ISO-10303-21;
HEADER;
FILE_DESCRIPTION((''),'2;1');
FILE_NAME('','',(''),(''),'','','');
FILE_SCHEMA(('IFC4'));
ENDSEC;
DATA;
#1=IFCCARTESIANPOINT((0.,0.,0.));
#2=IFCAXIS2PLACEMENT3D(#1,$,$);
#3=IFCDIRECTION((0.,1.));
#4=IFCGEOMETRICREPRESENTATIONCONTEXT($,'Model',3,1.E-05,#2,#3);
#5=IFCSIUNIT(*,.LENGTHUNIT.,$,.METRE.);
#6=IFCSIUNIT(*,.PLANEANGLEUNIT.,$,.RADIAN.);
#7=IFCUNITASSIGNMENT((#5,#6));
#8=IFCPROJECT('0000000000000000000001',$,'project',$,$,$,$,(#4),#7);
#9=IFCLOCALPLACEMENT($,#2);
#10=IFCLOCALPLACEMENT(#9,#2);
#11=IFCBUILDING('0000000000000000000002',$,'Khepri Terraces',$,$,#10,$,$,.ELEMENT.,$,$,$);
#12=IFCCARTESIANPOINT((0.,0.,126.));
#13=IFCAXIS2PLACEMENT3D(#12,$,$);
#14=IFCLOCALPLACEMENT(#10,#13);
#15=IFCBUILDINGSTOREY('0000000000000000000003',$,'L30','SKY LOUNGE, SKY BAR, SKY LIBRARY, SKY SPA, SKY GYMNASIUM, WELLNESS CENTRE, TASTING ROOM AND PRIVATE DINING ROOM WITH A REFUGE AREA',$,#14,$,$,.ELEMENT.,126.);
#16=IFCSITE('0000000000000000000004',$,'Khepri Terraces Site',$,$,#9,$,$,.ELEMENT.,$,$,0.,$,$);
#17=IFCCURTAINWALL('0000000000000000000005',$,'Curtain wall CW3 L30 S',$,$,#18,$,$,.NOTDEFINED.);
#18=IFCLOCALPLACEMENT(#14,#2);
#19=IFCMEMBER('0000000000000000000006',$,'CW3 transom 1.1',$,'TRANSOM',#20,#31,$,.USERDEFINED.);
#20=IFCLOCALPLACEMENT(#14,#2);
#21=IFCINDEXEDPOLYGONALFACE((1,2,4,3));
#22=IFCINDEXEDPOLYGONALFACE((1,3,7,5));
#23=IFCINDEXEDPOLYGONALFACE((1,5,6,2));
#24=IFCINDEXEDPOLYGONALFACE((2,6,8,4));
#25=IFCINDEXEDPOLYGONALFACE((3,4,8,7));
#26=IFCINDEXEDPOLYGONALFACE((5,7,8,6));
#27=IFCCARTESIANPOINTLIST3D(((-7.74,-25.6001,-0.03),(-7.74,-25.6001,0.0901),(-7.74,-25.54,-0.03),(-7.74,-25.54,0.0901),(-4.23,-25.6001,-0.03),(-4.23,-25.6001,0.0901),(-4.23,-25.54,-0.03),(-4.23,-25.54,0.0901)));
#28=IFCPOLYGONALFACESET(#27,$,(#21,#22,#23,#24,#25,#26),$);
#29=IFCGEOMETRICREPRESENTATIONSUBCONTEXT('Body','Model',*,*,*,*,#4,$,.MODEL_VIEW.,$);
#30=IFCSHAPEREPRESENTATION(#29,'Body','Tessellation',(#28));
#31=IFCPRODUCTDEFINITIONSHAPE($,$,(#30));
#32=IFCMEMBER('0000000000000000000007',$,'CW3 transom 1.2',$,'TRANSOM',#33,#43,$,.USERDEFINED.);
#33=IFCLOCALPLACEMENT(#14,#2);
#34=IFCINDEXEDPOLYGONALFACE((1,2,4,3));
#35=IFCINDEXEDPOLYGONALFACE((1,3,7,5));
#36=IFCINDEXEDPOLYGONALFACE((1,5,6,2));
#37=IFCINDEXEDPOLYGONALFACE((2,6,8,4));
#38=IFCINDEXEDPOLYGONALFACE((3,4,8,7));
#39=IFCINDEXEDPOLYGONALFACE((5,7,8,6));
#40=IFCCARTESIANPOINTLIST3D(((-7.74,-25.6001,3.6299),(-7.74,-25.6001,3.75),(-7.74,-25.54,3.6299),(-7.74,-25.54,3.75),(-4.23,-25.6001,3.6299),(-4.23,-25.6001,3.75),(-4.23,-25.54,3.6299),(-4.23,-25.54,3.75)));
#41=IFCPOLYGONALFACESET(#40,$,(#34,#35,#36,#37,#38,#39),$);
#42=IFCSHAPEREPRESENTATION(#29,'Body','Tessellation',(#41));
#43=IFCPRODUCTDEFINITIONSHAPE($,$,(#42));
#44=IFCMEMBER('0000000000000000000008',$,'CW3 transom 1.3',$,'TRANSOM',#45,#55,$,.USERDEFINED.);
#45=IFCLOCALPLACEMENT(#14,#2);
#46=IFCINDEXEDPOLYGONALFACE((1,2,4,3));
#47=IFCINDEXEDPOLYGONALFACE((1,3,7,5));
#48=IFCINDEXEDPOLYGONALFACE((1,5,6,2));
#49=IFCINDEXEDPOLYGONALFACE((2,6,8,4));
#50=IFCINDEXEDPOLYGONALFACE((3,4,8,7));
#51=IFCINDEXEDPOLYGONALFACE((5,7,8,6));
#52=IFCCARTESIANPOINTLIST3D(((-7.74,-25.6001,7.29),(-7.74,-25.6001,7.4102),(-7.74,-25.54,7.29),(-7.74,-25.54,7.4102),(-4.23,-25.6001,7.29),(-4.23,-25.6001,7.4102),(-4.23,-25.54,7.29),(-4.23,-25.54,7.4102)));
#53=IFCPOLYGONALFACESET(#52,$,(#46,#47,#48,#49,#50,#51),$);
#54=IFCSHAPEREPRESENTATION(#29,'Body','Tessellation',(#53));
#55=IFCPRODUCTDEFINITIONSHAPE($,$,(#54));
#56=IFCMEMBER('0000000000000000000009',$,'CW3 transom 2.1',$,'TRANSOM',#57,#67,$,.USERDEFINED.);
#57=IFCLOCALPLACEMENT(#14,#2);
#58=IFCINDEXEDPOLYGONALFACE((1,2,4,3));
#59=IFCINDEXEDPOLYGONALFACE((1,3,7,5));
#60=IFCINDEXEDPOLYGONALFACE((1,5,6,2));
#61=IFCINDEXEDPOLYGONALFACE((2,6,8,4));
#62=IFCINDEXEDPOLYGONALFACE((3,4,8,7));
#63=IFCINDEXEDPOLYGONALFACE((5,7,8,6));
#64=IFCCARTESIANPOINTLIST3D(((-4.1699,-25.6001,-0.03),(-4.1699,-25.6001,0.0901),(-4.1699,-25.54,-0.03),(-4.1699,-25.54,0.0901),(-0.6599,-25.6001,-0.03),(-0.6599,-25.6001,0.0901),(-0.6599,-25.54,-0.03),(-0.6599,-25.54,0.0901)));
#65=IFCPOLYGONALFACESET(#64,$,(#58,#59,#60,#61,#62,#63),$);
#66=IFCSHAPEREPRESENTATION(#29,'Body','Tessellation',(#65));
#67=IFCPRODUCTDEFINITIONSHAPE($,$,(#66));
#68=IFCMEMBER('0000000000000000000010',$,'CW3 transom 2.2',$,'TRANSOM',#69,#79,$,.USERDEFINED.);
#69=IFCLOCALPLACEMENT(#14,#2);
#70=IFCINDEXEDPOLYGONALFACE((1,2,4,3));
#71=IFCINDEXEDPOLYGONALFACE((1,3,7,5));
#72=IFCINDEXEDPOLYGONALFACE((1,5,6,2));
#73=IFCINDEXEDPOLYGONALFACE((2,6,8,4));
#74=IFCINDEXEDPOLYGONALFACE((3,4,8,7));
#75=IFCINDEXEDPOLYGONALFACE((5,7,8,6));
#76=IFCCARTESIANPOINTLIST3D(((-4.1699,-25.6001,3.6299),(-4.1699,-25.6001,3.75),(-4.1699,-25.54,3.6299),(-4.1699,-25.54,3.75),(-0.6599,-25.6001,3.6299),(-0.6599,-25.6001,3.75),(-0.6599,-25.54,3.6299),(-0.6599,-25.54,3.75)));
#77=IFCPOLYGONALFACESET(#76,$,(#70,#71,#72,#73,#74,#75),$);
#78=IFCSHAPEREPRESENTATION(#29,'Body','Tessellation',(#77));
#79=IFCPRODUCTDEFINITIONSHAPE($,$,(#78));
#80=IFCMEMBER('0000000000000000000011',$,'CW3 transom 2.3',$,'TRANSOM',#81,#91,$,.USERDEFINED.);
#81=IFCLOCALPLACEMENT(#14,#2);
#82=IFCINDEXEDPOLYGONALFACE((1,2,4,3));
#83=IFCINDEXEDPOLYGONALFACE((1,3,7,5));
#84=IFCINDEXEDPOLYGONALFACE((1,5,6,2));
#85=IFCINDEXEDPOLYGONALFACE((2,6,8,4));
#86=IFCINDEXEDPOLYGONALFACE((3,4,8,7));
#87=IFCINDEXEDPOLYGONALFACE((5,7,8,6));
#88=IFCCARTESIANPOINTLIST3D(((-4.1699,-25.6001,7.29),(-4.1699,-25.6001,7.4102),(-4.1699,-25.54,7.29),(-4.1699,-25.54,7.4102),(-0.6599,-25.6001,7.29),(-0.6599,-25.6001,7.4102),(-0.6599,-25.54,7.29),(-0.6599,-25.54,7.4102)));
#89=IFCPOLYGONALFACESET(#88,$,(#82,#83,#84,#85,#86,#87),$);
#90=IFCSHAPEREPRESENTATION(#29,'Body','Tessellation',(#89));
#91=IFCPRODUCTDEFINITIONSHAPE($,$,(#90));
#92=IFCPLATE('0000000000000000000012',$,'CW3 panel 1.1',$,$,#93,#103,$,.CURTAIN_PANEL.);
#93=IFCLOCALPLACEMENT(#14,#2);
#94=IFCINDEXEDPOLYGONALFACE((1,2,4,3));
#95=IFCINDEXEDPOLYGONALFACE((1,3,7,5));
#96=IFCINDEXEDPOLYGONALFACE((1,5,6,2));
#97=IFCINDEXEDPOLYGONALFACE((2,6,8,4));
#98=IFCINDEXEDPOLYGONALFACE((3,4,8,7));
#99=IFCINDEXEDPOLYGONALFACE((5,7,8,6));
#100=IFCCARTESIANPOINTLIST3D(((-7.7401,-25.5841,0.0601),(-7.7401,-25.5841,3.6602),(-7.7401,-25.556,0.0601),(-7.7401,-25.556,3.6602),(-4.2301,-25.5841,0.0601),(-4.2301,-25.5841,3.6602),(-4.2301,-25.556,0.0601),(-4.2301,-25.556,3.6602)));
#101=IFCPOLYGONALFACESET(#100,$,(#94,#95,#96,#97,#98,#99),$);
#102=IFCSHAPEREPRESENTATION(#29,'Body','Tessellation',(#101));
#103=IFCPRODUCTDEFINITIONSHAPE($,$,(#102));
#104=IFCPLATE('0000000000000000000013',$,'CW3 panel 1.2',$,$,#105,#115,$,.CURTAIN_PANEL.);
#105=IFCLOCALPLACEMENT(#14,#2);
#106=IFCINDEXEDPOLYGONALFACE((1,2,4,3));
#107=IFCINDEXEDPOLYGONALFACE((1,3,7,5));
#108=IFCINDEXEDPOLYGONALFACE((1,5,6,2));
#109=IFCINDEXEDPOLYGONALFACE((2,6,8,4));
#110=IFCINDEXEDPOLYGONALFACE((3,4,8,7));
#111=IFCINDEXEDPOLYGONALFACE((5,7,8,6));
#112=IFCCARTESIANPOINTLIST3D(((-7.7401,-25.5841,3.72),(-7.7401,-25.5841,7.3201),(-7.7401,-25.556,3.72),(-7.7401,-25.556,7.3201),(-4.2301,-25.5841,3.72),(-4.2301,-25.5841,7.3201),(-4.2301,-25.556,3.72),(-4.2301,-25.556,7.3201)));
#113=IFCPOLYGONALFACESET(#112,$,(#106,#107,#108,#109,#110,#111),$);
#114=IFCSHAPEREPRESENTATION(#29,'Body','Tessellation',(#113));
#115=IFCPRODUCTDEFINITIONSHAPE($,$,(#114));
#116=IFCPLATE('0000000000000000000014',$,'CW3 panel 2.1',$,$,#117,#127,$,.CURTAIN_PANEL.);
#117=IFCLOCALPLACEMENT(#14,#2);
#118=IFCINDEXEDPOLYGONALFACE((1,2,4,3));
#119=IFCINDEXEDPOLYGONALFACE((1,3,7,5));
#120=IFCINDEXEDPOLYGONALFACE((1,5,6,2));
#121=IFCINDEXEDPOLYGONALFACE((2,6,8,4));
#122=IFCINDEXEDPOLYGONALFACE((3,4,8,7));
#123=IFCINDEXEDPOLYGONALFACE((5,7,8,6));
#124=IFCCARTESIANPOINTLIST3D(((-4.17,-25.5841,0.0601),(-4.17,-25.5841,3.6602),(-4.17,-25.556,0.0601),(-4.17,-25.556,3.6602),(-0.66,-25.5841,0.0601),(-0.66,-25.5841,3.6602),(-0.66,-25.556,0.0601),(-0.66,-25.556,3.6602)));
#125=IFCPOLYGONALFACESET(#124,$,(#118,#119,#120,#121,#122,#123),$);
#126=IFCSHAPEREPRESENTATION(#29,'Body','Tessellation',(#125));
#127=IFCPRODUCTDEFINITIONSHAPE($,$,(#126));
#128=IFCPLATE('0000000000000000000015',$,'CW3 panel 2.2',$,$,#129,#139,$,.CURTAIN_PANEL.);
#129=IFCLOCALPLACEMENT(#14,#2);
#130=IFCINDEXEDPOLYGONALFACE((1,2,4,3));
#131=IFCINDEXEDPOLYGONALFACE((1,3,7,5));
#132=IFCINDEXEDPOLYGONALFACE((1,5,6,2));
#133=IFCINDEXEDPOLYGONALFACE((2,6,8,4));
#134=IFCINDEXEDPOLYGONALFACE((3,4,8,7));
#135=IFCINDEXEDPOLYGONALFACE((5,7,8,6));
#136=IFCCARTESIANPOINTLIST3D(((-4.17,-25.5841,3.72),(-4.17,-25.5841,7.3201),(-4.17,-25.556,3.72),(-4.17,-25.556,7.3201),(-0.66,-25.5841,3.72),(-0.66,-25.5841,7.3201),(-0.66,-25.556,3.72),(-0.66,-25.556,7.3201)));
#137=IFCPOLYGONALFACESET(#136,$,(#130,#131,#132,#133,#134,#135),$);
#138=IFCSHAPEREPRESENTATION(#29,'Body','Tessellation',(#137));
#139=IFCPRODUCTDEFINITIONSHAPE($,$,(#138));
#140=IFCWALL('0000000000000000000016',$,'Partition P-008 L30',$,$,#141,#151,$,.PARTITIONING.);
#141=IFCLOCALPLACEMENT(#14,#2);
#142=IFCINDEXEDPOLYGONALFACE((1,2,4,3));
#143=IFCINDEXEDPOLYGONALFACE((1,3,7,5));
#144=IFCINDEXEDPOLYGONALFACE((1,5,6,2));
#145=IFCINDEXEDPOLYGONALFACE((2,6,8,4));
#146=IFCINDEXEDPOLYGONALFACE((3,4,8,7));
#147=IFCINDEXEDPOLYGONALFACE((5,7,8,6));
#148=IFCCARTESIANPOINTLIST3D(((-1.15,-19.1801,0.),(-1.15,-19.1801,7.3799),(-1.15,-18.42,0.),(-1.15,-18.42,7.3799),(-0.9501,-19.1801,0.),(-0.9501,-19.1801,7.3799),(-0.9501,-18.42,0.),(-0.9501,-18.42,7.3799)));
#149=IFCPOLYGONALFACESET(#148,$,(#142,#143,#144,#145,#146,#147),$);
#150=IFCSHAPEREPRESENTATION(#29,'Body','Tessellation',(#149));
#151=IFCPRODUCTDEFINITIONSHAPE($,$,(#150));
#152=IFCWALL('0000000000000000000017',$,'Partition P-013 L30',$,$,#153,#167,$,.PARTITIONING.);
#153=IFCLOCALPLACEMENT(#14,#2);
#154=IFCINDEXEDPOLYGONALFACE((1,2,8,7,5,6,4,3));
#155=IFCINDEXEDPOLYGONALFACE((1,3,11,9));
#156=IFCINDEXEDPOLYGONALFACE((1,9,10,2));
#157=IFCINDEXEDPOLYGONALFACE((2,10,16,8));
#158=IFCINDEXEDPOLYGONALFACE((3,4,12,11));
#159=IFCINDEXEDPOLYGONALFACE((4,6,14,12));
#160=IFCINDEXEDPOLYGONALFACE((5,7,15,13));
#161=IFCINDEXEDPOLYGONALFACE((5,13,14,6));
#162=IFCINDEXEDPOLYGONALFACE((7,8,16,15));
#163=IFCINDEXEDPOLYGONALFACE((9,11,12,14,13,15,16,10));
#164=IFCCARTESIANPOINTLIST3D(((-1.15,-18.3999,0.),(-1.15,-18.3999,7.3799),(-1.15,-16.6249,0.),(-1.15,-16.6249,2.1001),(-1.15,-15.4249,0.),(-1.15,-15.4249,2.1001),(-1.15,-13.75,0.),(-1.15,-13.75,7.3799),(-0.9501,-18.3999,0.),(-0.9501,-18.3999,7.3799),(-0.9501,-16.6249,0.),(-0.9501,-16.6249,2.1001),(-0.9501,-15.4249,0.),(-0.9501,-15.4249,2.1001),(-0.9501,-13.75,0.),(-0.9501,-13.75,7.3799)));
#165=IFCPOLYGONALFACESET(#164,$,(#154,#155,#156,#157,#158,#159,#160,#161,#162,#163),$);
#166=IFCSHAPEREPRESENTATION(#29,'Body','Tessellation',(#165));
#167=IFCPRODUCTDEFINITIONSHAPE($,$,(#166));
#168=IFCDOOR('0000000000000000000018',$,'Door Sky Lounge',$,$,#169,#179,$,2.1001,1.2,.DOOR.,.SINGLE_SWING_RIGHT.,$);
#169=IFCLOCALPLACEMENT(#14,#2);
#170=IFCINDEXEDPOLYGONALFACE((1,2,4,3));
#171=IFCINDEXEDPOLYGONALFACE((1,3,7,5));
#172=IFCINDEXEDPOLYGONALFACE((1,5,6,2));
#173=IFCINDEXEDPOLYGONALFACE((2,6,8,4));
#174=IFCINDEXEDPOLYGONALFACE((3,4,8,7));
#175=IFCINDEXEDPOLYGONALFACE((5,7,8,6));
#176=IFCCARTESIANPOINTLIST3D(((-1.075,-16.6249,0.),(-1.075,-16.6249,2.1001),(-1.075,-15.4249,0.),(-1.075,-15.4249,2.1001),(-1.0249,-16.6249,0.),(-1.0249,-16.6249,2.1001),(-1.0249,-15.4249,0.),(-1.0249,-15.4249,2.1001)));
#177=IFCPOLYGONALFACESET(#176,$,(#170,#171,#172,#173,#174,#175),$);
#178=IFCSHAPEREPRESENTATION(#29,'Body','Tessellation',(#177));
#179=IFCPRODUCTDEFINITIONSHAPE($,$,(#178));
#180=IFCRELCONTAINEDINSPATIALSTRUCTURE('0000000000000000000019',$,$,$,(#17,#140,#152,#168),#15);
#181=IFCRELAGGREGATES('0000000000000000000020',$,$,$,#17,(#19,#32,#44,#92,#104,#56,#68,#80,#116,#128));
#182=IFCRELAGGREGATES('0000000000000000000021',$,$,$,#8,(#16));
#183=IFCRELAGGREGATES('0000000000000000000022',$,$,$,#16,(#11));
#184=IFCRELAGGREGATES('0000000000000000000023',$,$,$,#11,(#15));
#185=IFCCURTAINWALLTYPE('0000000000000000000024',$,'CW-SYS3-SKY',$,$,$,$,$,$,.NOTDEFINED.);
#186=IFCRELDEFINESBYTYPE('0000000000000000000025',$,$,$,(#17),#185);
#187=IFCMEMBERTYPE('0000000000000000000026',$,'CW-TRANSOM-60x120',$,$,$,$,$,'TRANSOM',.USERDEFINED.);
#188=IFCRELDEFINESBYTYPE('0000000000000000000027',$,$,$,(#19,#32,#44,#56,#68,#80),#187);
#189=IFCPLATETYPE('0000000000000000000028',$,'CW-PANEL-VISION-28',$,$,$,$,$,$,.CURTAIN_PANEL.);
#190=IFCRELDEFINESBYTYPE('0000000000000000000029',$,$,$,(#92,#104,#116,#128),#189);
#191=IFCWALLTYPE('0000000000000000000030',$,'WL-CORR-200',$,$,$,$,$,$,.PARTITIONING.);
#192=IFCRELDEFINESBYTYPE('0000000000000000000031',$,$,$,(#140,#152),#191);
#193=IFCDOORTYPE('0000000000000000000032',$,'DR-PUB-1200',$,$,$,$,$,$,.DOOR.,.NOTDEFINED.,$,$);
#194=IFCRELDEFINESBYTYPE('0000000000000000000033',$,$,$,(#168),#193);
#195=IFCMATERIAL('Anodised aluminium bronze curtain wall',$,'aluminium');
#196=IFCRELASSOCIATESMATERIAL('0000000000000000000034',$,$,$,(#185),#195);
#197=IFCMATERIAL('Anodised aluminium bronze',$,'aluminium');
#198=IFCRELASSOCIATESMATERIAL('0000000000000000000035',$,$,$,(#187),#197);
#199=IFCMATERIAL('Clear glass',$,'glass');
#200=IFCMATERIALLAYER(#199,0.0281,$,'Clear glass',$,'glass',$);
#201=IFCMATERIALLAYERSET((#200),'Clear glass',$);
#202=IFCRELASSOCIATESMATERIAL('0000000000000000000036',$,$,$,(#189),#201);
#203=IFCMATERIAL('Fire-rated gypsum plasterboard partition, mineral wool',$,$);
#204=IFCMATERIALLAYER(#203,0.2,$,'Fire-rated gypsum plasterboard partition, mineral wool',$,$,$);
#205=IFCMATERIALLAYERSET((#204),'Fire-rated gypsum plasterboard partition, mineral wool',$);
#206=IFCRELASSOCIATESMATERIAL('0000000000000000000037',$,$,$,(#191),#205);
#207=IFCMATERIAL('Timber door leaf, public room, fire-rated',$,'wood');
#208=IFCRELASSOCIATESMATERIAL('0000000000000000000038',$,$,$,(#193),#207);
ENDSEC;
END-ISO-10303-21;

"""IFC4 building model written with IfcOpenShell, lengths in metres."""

from ifc_helpers import new_model, si_unit, direction, frame, frame_2d, origin, origin_2d, place, context, subcontext, project, spatial, rectangle, extrude, material, layer, layer_set, material_profile, profile_set, type_object, element, fill, aggregate, save


model = new_model("IFC4")

# Units and contexts
model_context = context("Model", 3, precision=1e-05, world=origin(), true_north=direction((0.0, 1.0)))
body_context = subcontext(model_context, "Body", "Model", "MODEL_VIEW")
ifc_project = project(units=[si_unit("LENGTHUNIT", "METRE"), si_unit("PLANEANGLEUNIT", "RADIAN")], contexts=[model_context])

# Site, building, storey
site_placement = place(None, origin())
site = spatial("IfcSite", under=ifc_project, at=site_placement, Name="Khepri Terraces Site", CompositionType="ELEMENT", RefElevation=0.0)
building_placement = place(site_placement, origin())
building = spatial("IfcBuilding", under=site, at=building_placement, Name="Khepri Terraces", CompositionType="ELEMENT")
storey_placement = place(building_placement, frame((0.0, 0.0, 126.0)))
storey = spatial("IfcBuildingStorey", under=building, at=storey_placement, Name="L30", Description="SKY LOUNGE, SKY BAR, SKY LIBRARY, SKY SPA, SKY GYMNASIUM, WELLNESS CENTRE, TASTING ROOM AND PRIVATE DINING ROOM WITH A REFUGE AREA", CompositionType="ELEMENT", Elevation=126.0)

# Curtain wall, members, plates
ifc_material_1 = material(Name="Anodised aluminium bronze curtain wall", Category="aluminium")
curtain_wall_type = type_object("IfcCurtainWallType", Name="CW-SYS3-SKY", PredefinedType="NOTDEFINED", material=ifc_material_1)
curtain_wall_placement = place(storey_placement, origin())
curtain_wall = element("IfcCurtainWall", 1, at=curtain_wall_placement, inside=storey, type_object=curtain_wall_type, Name="Curtain wall CW3 L30 S", PredefinedType="NOTDEFINED")
ifc_material_2 = material(Name="Anodised aluminium bronze", Category="aluminium")
ifc_material_profile_1 = material_profile(ifc_material_2, rectangle(XDim=0.0601, YDim=0.1201, at=origin_2d()), Name="Anodised aluminium bronze", Category="aluminium")
ifc_profile_set_1 = profile_set([ifc_material_profile_1], Name="Anodised aluminium bronze")
member_type_1 = type_object("IfcMemberType", Name="CW-TRANSOM-60x120", ElementType="TRANSOM", PredefinedType="USERDEFINED", material=ifc_profile_set_1)
member_1_placement = place(storey_placement, frame((-7.74, -25.5701, 0.03), z_axis=(1.0, 0.0, 0.0), x_axis=(0.0, 1.0, 0.0)))
member_1 = element("IfcMember", 2, at=member_1_placement, type_object=member_type_1, Name="CW3 transom 1.1", ObjectType="TRANSOM", PredefinedType="USERDEFINED", context=body_context, shape_type="SweptSolid", body=[
    extrude(rectangle(XDim=0.0601, YDim=0.1201, at=origin_2d()), origin(), (0.0, 0.0, 1.0), 3.51),
])
member_2_placement = place(storey_placement, frame((-7.74, -25.5701, 3.6899), z_axis=(1.0, 0.0, 0.0), x_axis=(0.0, 1.0, 0.0)))
member_2 = element("IfcMember", 3, at=member_2_placement, type_object=member_type_1, Name="CW3 transom 1.2", ObjectType="TRANSOM", PredefinedType="USERDEFINED", context=body_context, shape_type="SweptSolid", body=[
    extrude(rectangle(XDim=0.0601, YDim=0.1201, at=origin_2d()), origin(), (0.0, 0.0, 1.0), 3.51),
])
member_3_placement = place(storey_placement, frame((-7.74, -25.5701, 7.3501), z_axis=(1.0, 0.0, 0.0), x_axis=(0.0, 1.0, 0.0)))
member_3 = element("IfcMember", 4, at=member_3_placement, type_object=member_type_1, Name="CW3 transom 1.3", ObjectType="TRANSOM", PredefinedType="USERDEFINED", context=body_context, shape_type="SweptSolid", body=[
    extrude(rectangle(XDim=0.0601, YDim=0.1201, at=origin_2d()), origin(), (0.0, 0.0, 1.0), 3.51),
])
member_4_placement = place(storey_placement, frame((-4.1699, -25.5701, 0.03), z_axis=(1.0, 0.0, 0.0), x_axis=(0.0, 1.0, 0.0)))
member_4 = element("IfcMember", 5, at=member_4_placement, type_object=member_type_1, Name="CW3 transom 2.1", ObjectType="TRANSOM", PredefinedType="USERDEFINED", context=body_context, shape_type="SweptSolid", body=[
    extrude(rectangle(XDim=0.0601, YDim=0.1201, at=origin_2d()), origin(), (0.0, 0.0, 1.0), 3.51),
])
member_5_placement = place(storey_placement, frame((-4.1699, -25.5701, 3.6899), z_axis=(1.0, 0.0, 0.0), x_axis=(0.0, 1.0, 0.0)))
member_5 = element("IfcMember", 6, at=member_5_placement, type_object=member_type_1, Name="CW3 transom 2.2", ObjectType="TRANSOM", PredefinedType="USERDEFINED", context=body_context, shape_type="SweptSolid", body=[
    extrude(rectangle(XDim=0.0601, YDim=0.1201, at=origin_2d()), origin(), (0.0, 0.0, 1.0), 3.51),
])
member_6_placement = place(storey_placement, frame((-4.1699, -25.5701, 7.3501), z_axis=(1.0, 0.0, 0.0), x_axis=(0.0, 1.0, 0.0)))
member_6 = element("IfcMember", 7, at=member_6_placement, type_object=member_type_1, Name="CW3 transom 2.3", ObjectType="TRANSOM", PredefinedType="USERDEFINED", context=body_context, shape_type="SweptSolid", body=[
    extrude(rectangle(XDim=0.0601, YDim=0.1201, at=origin_2d()), origin(), (0.0, 0.0, 1.0), 3.51),
])
ifc_material_3 = material(Name="Clear glass", Category="glass")
ifc_layer_1 = layer(ifc_material_3, 0.0281, Name="Clear glass", Category="glass")
ifc_layer_set_1 = layer_set([ifc_layer_1], Name="Clear glass")
plate_type = type_object("IfcPlateType", Name="CW-PANEL-VISION-28", PredefinedType="CURTAIN_PANEL", material=ifc_layer_set_1)
plate_1_placement = place(storey_placement, frame((-5.9851, -25.5701, 0.0601), z_axis=(0.0, 0.0, 1.0), x_axis=(1.0, 0.0, 0.0)))
plate_1 = element("IfcPlate", 8, at=plate_1_placement, type_object=plate_type, Name="CW3 panel 1.1", PredefinedType="CURTAIN_PANEL", context=body_context, shape_type="SweptSolid", body=[
    extrude(rectangle(XDim=3.51, YDim=0.0281, at=origin_2d()), origin(), (0.0, 0.0, 1.0), 3.6001),
])
plate_2_placement = place(storey_placement, frame((-5.9851, -25.5701, 3.72), z_axis=(0.0, 0.0, 1.0), x_axis=(1.0, 0.0, 0.0)))
plate_2 = element("IfcPlate", 9, at=plate_2_placement, type_object=plate_type, Name="CW3 panel 1.2", PredefinedType="CURTAIN_PANEL", context=body_context, shape_type="SweptSolid", body=[
    extrude(rectangle(XDim=3.51, YDim=0.0281, at=origin_2d()), origin(), (0.0, 0.0, 1.0), 3.6001),
])
plate_3_placement = place(storey_placement, frame((-2.415, -25.5701, 0.0601), z_axis=(0.0, 0.0, 1.0), x_axis=(1.0, 0.0, 0.0)))
plate_3 = element("IfcPlate", 10, at=plate_3_placement, type_object=plate_type, Name="CW3 panel 2.1", PredefinedType="CURTAIN_PANEL", context=body_context, shape_type="SweptSolid", body=[
    extrude(rectangle(XDim=3.51, YDim=0.0281, at=origin_2d()), origin(), (0.0, 0.0, 1.0), 3.6001),
])
plate_4_placement = place(storey_placement, frame((-2.415, -25.5701, 3.72), z_axis=(0.0, 0.0, 1.0), x_axis=(1.0, 0.0, 0.0)))
plate_4 = element("IfcPlate", 11, at=plate_4_placement, type_object=plate_type, Name="CW3 panel 2.2", PredefinedType="CURTAIN_PANEL", context=body_context, shape_type="SweptSolid", body=[
    extrude(rectangle(XDim=3.51, YDim=0.0281, at=origin_2d()), origin(), (0.0, 0.0, 1.0), 3.6001),
])
aggregate(curtain_wall, [member_1, member_2, member_3, plate_1, plate_2, member_4, member_5, member_6, plate_3, plate_4])

# Wall
ifc_material_4 = material(Name="Fire-rated gypsum plasterboard partition, mineral wool")
ifc_layer_2 = layer(ifc_material_4, 0.2, Name="Fire-rated gypsum plasterboard partition, mineral wool")
ifc_layer_set_2 = layer_set([ifc_layer_2], Name="Fire-rated gypsum plasterboard partition, mineral wool")
wall_type = type_object("IfcWallType", Name="WL-CORR-200", PredefinedType="PARTITIONING", material=ifc_layer_set_2)
wall_1_placement = place(storey_placement, frame((-1.05, -19.1799, 0.0), z_axis=(0.0, 0.0, 1.0), x_axis=(0.0, 1.0, 0.0)))
element("IfcWall", 12, at=wall_1_placement, inside=storey, type_object=wall_type, Name="Partition P-008 L30", PredefinedType="PARTITIONING", context=body_context, shape_type="SweptSolid", body=[
    extrude(rectangle(XDim=0.76, YDim=0.2, at=frame_2d((0.3799, 0.0))), origin(), (0.0, 0.0, 1.0), 7.3799),
])

# Wall, opening, door
wall_2_placement = place(storey_placement, frame((-1.05, -18.3999, 0.0), z_axis=(0.0, 0.0, 1.0), x_axis=(0.0, 1.0, 0.0)))
wall_2 = element("IfcWall", 13, at=wall_2_placement, inside=storey, type_object=wall_type, Name="Partition P-013 L30", PredefinedType="PARTITIONING", context=body_context, shape_type="SweptSolid", body=[
    extrude(rectangle(XDim=4.6499, YDim=0.2, at=frame_2d((2.325, 0.0))), origin(), (0.0, 0.0, 1.0), 7.3799),
])
opening_placement = place(wall_2_placement, frame((1.7749, 0.0, 0.0)))
opening = element("IfcOpeningElement", 14, at=opening_placement, cuts=wall_2, PredefinedType="OPENING", context=body_context, shape_type="SweptSolid", body=[
    extrude(rectangle(XDim=1.2, YDim=2.1001, at=frame_2d((0.6001, 1.05))), frame((0.0, 0.1099, 0.0), z_axis=(0.0, -1.0, 0.0), x_axis=(1.0, 0.0, 0.0)), (0.0, 0.0, 1.0), 0.22),
])
ifc_material_5 = material(Name="Timber door leaf, public room, fire-rated", Category="wood")
door_type = type_object("IfcDoorType", Name="DR-PUB-1200", OperationType="NOTDEFINED", PredefinedType="DOOR", material=ifc_material_5)
door_placement = place(opening_placement, origin())
door = element("IfcDoor", 15, at=door_placement, inside=storey, type_object=door_type, Name="Door Sky Lounge", OperationType="SINGLE_SWING_RIGHT", OverallHeight=2.1001, OverallWidth=1.2, PredefinedType="DOOR", context=body_context, shape_type="SweptSolid", body=[
    extrude(rectangle(XDim=1.2, YDim=2.1001, at=frame_2d((0.6001, 1.05))), frame((0.0, 0.0249, 0.0), z_axis=(0.0, -1.0, 0.0), x_axis=(1.0, 0.0, 0.0)), (0.0, 0.0, 1.0), 0.05),
])
fill(opening, door)

save(model, "model.ifc")
